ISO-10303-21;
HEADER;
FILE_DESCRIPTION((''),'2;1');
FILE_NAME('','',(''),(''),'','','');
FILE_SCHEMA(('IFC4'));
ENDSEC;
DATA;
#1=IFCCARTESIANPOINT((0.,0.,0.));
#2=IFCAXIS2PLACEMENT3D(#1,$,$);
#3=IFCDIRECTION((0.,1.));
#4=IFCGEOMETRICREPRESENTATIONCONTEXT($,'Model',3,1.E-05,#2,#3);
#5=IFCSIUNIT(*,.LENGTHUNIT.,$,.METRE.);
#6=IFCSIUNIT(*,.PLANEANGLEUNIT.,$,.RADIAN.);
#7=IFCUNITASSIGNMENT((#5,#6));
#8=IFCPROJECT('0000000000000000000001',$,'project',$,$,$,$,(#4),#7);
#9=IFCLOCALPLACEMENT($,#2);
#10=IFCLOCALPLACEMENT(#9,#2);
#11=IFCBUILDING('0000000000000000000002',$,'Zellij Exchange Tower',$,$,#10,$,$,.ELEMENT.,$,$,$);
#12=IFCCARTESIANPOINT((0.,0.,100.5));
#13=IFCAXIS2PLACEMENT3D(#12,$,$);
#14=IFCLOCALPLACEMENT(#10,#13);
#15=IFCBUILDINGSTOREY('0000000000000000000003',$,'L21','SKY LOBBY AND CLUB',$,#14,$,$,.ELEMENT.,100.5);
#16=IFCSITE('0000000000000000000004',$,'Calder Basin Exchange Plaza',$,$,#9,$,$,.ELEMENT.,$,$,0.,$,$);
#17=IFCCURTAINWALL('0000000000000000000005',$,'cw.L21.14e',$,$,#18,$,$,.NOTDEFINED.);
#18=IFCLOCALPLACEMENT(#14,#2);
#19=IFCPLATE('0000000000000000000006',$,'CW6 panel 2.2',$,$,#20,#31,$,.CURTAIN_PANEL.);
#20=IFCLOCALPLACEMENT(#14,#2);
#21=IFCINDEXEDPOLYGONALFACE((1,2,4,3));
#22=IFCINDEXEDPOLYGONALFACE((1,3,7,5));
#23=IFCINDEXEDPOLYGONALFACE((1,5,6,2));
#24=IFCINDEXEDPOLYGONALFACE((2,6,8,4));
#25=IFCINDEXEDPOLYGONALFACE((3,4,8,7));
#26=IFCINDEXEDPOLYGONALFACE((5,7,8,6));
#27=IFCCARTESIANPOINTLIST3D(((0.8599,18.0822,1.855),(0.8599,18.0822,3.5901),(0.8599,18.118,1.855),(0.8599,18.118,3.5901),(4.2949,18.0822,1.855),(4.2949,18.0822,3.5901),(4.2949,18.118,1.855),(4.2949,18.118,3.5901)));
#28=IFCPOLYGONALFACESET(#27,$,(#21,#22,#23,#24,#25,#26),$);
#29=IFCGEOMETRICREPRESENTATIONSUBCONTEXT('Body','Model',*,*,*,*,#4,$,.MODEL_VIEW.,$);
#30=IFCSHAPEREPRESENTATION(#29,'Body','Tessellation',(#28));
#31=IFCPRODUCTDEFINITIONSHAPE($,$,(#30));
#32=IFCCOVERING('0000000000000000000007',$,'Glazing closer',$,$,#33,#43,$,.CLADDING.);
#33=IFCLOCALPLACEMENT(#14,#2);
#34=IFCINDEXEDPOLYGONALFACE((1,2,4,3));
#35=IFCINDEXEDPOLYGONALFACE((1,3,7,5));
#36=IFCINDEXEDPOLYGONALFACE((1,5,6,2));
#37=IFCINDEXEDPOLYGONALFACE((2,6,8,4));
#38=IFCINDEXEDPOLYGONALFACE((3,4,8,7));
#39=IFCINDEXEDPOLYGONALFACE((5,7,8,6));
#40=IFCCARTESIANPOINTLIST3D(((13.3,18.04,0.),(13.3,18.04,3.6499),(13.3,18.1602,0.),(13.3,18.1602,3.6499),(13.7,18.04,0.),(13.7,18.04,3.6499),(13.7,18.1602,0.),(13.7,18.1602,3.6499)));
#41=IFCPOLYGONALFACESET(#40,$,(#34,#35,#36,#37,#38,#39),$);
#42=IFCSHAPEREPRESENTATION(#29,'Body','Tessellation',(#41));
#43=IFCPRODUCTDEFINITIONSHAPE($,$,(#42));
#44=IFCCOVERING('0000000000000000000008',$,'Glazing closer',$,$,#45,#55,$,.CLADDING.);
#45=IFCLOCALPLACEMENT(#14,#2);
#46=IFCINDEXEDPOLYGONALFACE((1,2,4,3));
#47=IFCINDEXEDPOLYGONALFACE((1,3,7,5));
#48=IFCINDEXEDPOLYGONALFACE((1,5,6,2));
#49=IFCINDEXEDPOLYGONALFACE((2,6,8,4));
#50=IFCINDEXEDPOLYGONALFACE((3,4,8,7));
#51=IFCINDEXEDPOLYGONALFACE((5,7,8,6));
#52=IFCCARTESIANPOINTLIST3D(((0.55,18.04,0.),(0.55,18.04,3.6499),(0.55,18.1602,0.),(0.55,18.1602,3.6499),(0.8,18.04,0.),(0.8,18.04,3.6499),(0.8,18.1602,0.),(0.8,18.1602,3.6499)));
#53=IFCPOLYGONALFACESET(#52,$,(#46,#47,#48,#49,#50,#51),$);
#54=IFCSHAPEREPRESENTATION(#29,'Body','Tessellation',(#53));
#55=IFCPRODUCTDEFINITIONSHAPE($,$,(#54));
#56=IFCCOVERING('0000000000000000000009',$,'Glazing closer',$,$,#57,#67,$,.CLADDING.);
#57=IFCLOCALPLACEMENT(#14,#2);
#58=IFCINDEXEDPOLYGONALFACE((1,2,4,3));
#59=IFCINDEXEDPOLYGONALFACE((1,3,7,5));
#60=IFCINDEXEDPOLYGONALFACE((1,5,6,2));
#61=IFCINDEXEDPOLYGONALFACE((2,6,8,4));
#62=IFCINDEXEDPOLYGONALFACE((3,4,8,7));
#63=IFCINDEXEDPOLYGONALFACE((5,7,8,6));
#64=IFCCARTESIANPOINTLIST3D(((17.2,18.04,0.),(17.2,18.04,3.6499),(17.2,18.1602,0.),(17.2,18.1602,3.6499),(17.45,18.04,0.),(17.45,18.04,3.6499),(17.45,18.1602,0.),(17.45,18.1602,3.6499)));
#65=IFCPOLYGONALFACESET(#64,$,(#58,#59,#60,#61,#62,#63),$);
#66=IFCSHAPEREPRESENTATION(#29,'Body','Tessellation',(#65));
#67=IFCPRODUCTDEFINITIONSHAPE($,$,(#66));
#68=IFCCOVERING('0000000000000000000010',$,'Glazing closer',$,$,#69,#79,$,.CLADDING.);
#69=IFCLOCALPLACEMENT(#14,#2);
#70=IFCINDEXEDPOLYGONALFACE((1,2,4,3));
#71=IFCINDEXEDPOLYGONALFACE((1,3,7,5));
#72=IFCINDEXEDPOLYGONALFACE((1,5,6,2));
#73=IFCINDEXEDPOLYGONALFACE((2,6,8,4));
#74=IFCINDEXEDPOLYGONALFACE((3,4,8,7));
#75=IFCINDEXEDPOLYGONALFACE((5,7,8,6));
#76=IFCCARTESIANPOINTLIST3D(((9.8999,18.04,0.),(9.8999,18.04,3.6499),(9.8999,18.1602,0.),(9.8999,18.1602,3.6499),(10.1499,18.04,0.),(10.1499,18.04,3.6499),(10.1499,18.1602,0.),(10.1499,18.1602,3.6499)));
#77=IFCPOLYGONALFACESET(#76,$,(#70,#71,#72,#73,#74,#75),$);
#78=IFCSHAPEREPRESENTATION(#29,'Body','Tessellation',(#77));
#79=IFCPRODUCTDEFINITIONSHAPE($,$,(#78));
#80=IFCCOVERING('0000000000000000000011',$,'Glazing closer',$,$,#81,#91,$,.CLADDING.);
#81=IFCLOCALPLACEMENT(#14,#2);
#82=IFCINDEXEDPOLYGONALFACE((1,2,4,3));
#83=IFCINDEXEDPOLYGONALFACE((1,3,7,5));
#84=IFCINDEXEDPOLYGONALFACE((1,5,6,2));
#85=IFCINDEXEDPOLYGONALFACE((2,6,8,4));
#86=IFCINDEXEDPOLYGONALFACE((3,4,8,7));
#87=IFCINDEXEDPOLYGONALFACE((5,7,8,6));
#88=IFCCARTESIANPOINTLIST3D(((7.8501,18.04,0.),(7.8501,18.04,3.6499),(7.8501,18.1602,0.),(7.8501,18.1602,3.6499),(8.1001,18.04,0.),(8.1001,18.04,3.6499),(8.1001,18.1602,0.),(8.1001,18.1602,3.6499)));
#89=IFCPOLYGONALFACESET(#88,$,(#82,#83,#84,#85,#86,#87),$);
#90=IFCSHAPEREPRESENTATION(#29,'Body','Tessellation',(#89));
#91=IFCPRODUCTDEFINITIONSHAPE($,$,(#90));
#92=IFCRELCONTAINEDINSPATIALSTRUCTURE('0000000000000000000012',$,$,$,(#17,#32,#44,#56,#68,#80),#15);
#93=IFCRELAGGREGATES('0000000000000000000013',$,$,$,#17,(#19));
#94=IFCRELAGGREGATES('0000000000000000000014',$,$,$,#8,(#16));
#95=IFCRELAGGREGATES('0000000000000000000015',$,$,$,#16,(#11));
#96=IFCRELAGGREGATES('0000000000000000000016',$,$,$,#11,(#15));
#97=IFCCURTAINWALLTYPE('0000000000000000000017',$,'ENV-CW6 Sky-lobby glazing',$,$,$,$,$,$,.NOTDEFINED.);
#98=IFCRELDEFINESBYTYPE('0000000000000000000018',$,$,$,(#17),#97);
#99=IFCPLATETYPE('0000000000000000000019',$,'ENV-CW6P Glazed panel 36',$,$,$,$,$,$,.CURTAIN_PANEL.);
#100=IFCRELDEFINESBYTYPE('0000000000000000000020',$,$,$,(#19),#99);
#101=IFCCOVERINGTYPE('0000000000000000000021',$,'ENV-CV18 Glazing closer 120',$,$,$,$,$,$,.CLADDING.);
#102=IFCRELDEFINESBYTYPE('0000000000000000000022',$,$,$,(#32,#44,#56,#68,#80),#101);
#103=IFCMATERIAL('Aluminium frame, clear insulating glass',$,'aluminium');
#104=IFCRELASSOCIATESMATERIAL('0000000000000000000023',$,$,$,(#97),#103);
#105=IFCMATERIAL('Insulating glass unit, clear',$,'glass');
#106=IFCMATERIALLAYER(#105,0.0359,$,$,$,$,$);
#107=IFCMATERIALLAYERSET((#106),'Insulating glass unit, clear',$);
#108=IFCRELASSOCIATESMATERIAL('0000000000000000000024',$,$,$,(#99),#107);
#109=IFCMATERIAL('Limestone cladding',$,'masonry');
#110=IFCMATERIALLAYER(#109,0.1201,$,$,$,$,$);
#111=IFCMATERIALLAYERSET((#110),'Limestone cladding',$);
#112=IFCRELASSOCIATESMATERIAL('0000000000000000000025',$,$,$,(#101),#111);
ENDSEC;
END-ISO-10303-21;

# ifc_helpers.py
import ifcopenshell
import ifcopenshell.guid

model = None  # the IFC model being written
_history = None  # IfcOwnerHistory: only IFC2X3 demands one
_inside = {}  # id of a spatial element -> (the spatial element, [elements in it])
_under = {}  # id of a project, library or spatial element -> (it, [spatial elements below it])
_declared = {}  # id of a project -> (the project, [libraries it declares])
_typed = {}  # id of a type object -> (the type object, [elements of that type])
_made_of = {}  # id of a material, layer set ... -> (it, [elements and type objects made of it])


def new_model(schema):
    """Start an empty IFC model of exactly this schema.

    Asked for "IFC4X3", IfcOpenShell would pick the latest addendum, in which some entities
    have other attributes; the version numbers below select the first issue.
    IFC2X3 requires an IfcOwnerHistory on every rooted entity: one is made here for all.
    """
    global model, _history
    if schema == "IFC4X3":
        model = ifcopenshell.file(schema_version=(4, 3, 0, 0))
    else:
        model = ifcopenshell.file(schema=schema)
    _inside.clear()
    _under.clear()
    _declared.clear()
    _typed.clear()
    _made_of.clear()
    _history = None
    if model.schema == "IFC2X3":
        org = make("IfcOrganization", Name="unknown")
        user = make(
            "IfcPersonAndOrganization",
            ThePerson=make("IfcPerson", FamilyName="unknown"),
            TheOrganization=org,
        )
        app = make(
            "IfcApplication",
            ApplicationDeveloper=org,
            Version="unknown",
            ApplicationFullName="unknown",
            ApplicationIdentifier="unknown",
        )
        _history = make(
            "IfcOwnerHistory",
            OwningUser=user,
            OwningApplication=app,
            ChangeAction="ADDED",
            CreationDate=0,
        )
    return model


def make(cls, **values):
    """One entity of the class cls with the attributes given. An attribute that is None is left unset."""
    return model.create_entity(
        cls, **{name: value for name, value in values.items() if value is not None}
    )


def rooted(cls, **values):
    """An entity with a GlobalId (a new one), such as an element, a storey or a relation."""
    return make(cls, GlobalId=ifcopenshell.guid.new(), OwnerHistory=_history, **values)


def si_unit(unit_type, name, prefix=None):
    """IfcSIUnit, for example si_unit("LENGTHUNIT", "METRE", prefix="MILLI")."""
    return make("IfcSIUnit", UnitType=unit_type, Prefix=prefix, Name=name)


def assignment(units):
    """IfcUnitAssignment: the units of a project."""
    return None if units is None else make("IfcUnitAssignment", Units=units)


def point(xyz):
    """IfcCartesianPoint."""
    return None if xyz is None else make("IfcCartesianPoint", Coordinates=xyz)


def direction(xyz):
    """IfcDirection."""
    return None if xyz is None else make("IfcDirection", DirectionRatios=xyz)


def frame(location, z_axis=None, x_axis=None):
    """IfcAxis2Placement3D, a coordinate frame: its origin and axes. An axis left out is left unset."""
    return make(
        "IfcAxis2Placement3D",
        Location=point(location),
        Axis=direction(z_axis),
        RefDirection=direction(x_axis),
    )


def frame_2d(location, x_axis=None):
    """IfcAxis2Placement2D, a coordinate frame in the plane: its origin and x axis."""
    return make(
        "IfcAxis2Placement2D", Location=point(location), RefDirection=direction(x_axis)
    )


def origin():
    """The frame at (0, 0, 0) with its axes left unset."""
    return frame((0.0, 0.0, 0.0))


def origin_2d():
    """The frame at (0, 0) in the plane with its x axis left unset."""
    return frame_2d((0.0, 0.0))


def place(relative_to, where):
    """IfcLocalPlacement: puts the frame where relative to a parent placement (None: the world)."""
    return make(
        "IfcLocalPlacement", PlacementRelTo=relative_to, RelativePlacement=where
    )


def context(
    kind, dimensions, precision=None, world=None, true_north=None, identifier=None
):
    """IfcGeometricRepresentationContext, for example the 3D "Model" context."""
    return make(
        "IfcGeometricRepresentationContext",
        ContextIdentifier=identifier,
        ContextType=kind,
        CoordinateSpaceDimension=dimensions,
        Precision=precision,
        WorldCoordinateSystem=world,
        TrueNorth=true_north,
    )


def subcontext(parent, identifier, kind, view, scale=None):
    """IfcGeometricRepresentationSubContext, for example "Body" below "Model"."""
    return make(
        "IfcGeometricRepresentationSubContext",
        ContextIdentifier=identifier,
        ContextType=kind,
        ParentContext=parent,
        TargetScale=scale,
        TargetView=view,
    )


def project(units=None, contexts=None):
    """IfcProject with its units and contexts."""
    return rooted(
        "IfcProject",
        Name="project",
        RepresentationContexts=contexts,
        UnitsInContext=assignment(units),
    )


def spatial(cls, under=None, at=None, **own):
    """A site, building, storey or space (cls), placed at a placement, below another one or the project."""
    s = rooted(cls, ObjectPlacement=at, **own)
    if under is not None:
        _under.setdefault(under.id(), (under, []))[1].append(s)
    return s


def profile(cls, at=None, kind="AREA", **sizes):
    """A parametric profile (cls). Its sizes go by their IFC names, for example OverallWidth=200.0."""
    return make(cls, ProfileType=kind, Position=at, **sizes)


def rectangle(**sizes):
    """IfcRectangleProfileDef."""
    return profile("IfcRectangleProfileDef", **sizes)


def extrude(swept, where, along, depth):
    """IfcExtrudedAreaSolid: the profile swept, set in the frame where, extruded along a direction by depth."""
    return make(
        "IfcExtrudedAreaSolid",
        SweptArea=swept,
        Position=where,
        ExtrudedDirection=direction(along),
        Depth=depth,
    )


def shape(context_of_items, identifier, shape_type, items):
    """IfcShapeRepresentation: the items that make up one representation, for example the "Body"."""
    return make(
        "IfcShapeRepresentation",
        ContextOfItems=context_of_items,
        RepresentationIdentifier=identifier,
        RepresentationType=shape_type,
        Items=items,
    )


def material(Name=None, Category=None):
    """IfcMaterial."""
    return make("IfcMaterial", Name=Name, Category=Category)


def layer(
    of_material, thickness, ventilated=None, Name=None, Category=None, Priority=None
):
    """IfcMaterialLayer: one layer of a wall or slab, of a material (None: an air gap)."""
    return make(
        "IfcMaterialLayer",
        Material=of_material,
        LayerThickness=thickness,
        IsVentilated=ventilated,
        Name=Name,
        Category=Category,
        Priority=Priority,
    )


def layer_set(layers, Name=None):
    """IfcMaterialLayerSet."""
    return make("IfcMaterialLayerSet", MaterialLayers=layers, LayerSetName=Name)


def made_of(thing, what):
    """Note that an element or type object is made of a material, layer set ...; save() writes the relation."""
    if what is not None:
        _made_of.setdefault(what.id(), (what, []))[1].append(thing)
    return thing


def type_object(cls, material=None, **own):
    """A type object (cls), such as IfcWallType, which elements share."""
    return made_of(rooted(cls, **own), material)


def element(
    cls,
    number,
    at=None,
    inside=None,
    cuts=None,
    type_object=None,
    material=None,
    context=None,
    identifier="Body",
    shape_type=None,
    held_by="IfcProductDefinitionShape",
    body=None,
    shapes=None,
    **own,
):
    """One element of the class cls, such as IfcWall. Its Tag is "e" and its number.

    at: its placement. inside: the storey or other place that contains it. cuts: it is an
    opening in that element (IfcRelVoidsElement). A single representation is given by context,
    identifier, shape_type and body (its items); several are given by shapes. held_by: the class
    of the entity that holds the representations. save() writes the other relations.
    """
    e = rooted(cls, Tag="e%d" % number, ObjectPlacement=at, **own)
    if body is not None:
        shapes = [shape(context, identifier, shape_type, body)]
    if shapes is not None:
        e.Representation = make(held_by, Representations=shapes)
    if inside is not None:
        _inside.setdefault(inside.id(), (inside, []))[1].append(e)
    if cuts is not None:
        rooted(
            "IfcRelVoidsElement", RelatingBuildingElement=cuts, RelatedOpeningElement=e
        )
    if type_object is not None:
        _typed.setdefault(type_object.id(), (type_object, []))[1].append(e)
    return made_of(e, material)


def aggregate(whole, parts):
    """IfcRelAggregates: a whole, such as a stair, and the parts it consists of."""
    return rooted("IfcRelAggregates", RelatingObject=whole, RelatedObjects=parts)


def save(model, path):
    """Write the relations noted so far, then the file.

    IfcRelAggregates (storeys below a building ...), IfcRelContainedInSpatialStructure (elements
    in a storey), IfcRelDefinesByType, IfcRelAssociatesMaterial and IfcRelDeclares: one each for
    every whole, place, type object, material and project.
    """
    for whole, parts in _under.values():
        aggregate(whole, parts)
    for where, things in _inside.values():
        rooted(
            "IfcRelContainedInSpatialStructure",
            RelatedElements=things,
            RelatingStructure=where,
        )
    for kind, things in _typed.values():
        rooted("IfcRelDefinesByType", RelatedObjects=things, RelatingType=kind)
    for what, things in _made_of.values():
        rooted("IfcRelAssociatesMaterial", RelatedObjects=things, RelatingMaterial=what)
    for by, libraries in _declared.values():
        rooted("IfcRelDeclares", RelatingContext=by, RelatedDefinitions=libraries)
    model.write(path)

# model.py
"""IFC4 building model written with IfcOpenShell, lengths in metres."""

from ifc_helpers import new_model, si_unit, direction, frame, origin, origin_2d, place, context, subcontext, project, spatial, rectangle, extrude, material, layer, layer_set, type_object, element, aggregate, save


model = new_model("IFC4")

# Units and contexts
model_context = context("Model", 3, precision=1e-05, world=origin(), true_north=direction((0.0, 1.0)))
body_context = subcontext(model_context, "Body", "Model", "MODEL_VIEW")
ifc_project = project(units=[si_unit("LENGTHUNIT", "METRE"), si_unit("PLANEANGLEUNIT", "RADIAN")], contexts=[model_context])

# Site, building, storey
site_placement = place(None, origin())
site = spatial("IfcSite", under=ifc_project, at=site_placement, Name="Calder Basin Exchange Plaza", CompositionType="ELEMENT", RefElevation=0.0)
building_placement = place(site_placement, origin())
building = spatial("IfcBuilding", under=site, at=building_placement, Name="Zellij Exchange Tower", CompositionType="ELEMENT")
storey_placement = place(building_placement, frame((0.0, 0.0, 100.5)))
storey = spatial("IfcBuildingStorey", under=building, at=storey_placement, Name="L21", Description="SKY LOBBY AND CLUB", CompositionType="ELEMENT", Elevation=100.5)

# Curtain wall
ifc_material_1 = material(Name="Aluminium frame, clear insulating glass", Category="aluminium")
curtain_wall_type = type_object("IfcCurtainWallType", Name="ENV-CW6 Sky-lobby glazing", PredefinedType="NOTDEFINED", material=ifc_material_1)
curtain_wall_1_placement = place(storey_placement, origin())
curtain_wall_1 = element("IfcCurtainWall", 1, at=curtain_wall_1_placement, inside=storey, type_object=curtain_wall_type, Name="cw.L21.14e", PredefinedType="NOTDEFINED")

# Plate
ifc_material_2 = material(Name="Insulating glass unit, clear", Category="glass")
ifc_layer_1 = layer(ifc_material_2, 0.0359)
ifc_layer_set_1 = layer_set([ifc_layer_1], Name="Insulating glass unit, clear")
plate_type = type_object("IfcPlateType", Name="ENV-CW6P Glazed panel 36", PredefinedType="CURTAIN_PANEL", material=ifc_layer_set_1)
plate_1_placement = place(storey_placement, frame((2.5774, 18.1001, 1.855), z_axis=(0.0, 0.0, 1.0), x_axis=(-1.0, 0.0, 0.0)))
plate_1 = element("IfcPlate", 2, at=plate_1_placement, type_object=plate_type, Name="CW6 panel 2.2", PredefinedType="CURTAIN_PANEL", context=body_context, shape_type="SweptSolid", body=[
    extrude(rectangle(XDim=3.4351, YDim=0.0359, at=origin_2d()), origin(), (0.0, 0.0, 1.0), 1.7351),
])
aggregate(curtain_wall_1, [plate_1])

# Coverings
ifc_material_3 = material(Name="Limestone cladding", Category="masonry")
ifc_layer_2 = layer(ifc_material_3, 0.1201)
ifc_layer_set_2 = layer_set([ifc_layer_2], Name="Limestone cladding")
covering_type = type_object("IfcCoveringType", Name="ENV-CV18 Glazing closer 120", PredefinedType="CLADDING", material=ifc_layer_set_2)
covering_placement = place(storey_placement, frame((13.5, 18.1001, 0.0), z_axis=(0.0, 0.0, 1.0), x_axis=(-1.0, 0.0, 0.0)))
element("IfcCovering", 3, at=covering_placement, inside=storey, type_object=covering_type, Name="Glazing closer", PredefinedType="CLADDING", context=body_context, shape_type="SweptSolid", body=[
    extrude(rectangle(XDim=0.3999, YDim=0.1201, at=origin_2d()), origin(), (0.0, 0.0, 1.0), 3.6499),
])
for number, where, z_axis, x_axis, name in (
    (4, (0.675, 18.1001, 0.0), (0.0, 0.0, 1.0), (-1.0, 0.0, 0.0), "Glazing closer"),
    (5, (17.325, 18.1001, 0.0), (0.0, 0.0, 1.0), (1.0, 0.0, 0.0), "Glazing closer"),
    (6, (10.0249, 18.1001, 0.0), (0.0, 0.0, 1.0), (-1.0, 0.0, 0.0), "Glazing closer"),
    (7, (7.9751, 18.1001, 0.0), (0.0, 0.0, 1.0), (1.0, 0.0, 0.0), "Glazing closer"),
):
    element("IfcCovering", number, at=place(storey_placement, frame(where, z_axis=z_axis, x_axis=x_axis)), inside=storey, type_object=covering_type, Name=name, PredefinedType="CLADDING", context=body_context, shape_type="SweptSolid", body=[
        extrude(rectangle(XDim=0.25, YDim=0.1201, at=origin_2d()), origin(), (0.0, 0.0, 1.0), 3.6499),
    ])

save(model, "model.ifc")
